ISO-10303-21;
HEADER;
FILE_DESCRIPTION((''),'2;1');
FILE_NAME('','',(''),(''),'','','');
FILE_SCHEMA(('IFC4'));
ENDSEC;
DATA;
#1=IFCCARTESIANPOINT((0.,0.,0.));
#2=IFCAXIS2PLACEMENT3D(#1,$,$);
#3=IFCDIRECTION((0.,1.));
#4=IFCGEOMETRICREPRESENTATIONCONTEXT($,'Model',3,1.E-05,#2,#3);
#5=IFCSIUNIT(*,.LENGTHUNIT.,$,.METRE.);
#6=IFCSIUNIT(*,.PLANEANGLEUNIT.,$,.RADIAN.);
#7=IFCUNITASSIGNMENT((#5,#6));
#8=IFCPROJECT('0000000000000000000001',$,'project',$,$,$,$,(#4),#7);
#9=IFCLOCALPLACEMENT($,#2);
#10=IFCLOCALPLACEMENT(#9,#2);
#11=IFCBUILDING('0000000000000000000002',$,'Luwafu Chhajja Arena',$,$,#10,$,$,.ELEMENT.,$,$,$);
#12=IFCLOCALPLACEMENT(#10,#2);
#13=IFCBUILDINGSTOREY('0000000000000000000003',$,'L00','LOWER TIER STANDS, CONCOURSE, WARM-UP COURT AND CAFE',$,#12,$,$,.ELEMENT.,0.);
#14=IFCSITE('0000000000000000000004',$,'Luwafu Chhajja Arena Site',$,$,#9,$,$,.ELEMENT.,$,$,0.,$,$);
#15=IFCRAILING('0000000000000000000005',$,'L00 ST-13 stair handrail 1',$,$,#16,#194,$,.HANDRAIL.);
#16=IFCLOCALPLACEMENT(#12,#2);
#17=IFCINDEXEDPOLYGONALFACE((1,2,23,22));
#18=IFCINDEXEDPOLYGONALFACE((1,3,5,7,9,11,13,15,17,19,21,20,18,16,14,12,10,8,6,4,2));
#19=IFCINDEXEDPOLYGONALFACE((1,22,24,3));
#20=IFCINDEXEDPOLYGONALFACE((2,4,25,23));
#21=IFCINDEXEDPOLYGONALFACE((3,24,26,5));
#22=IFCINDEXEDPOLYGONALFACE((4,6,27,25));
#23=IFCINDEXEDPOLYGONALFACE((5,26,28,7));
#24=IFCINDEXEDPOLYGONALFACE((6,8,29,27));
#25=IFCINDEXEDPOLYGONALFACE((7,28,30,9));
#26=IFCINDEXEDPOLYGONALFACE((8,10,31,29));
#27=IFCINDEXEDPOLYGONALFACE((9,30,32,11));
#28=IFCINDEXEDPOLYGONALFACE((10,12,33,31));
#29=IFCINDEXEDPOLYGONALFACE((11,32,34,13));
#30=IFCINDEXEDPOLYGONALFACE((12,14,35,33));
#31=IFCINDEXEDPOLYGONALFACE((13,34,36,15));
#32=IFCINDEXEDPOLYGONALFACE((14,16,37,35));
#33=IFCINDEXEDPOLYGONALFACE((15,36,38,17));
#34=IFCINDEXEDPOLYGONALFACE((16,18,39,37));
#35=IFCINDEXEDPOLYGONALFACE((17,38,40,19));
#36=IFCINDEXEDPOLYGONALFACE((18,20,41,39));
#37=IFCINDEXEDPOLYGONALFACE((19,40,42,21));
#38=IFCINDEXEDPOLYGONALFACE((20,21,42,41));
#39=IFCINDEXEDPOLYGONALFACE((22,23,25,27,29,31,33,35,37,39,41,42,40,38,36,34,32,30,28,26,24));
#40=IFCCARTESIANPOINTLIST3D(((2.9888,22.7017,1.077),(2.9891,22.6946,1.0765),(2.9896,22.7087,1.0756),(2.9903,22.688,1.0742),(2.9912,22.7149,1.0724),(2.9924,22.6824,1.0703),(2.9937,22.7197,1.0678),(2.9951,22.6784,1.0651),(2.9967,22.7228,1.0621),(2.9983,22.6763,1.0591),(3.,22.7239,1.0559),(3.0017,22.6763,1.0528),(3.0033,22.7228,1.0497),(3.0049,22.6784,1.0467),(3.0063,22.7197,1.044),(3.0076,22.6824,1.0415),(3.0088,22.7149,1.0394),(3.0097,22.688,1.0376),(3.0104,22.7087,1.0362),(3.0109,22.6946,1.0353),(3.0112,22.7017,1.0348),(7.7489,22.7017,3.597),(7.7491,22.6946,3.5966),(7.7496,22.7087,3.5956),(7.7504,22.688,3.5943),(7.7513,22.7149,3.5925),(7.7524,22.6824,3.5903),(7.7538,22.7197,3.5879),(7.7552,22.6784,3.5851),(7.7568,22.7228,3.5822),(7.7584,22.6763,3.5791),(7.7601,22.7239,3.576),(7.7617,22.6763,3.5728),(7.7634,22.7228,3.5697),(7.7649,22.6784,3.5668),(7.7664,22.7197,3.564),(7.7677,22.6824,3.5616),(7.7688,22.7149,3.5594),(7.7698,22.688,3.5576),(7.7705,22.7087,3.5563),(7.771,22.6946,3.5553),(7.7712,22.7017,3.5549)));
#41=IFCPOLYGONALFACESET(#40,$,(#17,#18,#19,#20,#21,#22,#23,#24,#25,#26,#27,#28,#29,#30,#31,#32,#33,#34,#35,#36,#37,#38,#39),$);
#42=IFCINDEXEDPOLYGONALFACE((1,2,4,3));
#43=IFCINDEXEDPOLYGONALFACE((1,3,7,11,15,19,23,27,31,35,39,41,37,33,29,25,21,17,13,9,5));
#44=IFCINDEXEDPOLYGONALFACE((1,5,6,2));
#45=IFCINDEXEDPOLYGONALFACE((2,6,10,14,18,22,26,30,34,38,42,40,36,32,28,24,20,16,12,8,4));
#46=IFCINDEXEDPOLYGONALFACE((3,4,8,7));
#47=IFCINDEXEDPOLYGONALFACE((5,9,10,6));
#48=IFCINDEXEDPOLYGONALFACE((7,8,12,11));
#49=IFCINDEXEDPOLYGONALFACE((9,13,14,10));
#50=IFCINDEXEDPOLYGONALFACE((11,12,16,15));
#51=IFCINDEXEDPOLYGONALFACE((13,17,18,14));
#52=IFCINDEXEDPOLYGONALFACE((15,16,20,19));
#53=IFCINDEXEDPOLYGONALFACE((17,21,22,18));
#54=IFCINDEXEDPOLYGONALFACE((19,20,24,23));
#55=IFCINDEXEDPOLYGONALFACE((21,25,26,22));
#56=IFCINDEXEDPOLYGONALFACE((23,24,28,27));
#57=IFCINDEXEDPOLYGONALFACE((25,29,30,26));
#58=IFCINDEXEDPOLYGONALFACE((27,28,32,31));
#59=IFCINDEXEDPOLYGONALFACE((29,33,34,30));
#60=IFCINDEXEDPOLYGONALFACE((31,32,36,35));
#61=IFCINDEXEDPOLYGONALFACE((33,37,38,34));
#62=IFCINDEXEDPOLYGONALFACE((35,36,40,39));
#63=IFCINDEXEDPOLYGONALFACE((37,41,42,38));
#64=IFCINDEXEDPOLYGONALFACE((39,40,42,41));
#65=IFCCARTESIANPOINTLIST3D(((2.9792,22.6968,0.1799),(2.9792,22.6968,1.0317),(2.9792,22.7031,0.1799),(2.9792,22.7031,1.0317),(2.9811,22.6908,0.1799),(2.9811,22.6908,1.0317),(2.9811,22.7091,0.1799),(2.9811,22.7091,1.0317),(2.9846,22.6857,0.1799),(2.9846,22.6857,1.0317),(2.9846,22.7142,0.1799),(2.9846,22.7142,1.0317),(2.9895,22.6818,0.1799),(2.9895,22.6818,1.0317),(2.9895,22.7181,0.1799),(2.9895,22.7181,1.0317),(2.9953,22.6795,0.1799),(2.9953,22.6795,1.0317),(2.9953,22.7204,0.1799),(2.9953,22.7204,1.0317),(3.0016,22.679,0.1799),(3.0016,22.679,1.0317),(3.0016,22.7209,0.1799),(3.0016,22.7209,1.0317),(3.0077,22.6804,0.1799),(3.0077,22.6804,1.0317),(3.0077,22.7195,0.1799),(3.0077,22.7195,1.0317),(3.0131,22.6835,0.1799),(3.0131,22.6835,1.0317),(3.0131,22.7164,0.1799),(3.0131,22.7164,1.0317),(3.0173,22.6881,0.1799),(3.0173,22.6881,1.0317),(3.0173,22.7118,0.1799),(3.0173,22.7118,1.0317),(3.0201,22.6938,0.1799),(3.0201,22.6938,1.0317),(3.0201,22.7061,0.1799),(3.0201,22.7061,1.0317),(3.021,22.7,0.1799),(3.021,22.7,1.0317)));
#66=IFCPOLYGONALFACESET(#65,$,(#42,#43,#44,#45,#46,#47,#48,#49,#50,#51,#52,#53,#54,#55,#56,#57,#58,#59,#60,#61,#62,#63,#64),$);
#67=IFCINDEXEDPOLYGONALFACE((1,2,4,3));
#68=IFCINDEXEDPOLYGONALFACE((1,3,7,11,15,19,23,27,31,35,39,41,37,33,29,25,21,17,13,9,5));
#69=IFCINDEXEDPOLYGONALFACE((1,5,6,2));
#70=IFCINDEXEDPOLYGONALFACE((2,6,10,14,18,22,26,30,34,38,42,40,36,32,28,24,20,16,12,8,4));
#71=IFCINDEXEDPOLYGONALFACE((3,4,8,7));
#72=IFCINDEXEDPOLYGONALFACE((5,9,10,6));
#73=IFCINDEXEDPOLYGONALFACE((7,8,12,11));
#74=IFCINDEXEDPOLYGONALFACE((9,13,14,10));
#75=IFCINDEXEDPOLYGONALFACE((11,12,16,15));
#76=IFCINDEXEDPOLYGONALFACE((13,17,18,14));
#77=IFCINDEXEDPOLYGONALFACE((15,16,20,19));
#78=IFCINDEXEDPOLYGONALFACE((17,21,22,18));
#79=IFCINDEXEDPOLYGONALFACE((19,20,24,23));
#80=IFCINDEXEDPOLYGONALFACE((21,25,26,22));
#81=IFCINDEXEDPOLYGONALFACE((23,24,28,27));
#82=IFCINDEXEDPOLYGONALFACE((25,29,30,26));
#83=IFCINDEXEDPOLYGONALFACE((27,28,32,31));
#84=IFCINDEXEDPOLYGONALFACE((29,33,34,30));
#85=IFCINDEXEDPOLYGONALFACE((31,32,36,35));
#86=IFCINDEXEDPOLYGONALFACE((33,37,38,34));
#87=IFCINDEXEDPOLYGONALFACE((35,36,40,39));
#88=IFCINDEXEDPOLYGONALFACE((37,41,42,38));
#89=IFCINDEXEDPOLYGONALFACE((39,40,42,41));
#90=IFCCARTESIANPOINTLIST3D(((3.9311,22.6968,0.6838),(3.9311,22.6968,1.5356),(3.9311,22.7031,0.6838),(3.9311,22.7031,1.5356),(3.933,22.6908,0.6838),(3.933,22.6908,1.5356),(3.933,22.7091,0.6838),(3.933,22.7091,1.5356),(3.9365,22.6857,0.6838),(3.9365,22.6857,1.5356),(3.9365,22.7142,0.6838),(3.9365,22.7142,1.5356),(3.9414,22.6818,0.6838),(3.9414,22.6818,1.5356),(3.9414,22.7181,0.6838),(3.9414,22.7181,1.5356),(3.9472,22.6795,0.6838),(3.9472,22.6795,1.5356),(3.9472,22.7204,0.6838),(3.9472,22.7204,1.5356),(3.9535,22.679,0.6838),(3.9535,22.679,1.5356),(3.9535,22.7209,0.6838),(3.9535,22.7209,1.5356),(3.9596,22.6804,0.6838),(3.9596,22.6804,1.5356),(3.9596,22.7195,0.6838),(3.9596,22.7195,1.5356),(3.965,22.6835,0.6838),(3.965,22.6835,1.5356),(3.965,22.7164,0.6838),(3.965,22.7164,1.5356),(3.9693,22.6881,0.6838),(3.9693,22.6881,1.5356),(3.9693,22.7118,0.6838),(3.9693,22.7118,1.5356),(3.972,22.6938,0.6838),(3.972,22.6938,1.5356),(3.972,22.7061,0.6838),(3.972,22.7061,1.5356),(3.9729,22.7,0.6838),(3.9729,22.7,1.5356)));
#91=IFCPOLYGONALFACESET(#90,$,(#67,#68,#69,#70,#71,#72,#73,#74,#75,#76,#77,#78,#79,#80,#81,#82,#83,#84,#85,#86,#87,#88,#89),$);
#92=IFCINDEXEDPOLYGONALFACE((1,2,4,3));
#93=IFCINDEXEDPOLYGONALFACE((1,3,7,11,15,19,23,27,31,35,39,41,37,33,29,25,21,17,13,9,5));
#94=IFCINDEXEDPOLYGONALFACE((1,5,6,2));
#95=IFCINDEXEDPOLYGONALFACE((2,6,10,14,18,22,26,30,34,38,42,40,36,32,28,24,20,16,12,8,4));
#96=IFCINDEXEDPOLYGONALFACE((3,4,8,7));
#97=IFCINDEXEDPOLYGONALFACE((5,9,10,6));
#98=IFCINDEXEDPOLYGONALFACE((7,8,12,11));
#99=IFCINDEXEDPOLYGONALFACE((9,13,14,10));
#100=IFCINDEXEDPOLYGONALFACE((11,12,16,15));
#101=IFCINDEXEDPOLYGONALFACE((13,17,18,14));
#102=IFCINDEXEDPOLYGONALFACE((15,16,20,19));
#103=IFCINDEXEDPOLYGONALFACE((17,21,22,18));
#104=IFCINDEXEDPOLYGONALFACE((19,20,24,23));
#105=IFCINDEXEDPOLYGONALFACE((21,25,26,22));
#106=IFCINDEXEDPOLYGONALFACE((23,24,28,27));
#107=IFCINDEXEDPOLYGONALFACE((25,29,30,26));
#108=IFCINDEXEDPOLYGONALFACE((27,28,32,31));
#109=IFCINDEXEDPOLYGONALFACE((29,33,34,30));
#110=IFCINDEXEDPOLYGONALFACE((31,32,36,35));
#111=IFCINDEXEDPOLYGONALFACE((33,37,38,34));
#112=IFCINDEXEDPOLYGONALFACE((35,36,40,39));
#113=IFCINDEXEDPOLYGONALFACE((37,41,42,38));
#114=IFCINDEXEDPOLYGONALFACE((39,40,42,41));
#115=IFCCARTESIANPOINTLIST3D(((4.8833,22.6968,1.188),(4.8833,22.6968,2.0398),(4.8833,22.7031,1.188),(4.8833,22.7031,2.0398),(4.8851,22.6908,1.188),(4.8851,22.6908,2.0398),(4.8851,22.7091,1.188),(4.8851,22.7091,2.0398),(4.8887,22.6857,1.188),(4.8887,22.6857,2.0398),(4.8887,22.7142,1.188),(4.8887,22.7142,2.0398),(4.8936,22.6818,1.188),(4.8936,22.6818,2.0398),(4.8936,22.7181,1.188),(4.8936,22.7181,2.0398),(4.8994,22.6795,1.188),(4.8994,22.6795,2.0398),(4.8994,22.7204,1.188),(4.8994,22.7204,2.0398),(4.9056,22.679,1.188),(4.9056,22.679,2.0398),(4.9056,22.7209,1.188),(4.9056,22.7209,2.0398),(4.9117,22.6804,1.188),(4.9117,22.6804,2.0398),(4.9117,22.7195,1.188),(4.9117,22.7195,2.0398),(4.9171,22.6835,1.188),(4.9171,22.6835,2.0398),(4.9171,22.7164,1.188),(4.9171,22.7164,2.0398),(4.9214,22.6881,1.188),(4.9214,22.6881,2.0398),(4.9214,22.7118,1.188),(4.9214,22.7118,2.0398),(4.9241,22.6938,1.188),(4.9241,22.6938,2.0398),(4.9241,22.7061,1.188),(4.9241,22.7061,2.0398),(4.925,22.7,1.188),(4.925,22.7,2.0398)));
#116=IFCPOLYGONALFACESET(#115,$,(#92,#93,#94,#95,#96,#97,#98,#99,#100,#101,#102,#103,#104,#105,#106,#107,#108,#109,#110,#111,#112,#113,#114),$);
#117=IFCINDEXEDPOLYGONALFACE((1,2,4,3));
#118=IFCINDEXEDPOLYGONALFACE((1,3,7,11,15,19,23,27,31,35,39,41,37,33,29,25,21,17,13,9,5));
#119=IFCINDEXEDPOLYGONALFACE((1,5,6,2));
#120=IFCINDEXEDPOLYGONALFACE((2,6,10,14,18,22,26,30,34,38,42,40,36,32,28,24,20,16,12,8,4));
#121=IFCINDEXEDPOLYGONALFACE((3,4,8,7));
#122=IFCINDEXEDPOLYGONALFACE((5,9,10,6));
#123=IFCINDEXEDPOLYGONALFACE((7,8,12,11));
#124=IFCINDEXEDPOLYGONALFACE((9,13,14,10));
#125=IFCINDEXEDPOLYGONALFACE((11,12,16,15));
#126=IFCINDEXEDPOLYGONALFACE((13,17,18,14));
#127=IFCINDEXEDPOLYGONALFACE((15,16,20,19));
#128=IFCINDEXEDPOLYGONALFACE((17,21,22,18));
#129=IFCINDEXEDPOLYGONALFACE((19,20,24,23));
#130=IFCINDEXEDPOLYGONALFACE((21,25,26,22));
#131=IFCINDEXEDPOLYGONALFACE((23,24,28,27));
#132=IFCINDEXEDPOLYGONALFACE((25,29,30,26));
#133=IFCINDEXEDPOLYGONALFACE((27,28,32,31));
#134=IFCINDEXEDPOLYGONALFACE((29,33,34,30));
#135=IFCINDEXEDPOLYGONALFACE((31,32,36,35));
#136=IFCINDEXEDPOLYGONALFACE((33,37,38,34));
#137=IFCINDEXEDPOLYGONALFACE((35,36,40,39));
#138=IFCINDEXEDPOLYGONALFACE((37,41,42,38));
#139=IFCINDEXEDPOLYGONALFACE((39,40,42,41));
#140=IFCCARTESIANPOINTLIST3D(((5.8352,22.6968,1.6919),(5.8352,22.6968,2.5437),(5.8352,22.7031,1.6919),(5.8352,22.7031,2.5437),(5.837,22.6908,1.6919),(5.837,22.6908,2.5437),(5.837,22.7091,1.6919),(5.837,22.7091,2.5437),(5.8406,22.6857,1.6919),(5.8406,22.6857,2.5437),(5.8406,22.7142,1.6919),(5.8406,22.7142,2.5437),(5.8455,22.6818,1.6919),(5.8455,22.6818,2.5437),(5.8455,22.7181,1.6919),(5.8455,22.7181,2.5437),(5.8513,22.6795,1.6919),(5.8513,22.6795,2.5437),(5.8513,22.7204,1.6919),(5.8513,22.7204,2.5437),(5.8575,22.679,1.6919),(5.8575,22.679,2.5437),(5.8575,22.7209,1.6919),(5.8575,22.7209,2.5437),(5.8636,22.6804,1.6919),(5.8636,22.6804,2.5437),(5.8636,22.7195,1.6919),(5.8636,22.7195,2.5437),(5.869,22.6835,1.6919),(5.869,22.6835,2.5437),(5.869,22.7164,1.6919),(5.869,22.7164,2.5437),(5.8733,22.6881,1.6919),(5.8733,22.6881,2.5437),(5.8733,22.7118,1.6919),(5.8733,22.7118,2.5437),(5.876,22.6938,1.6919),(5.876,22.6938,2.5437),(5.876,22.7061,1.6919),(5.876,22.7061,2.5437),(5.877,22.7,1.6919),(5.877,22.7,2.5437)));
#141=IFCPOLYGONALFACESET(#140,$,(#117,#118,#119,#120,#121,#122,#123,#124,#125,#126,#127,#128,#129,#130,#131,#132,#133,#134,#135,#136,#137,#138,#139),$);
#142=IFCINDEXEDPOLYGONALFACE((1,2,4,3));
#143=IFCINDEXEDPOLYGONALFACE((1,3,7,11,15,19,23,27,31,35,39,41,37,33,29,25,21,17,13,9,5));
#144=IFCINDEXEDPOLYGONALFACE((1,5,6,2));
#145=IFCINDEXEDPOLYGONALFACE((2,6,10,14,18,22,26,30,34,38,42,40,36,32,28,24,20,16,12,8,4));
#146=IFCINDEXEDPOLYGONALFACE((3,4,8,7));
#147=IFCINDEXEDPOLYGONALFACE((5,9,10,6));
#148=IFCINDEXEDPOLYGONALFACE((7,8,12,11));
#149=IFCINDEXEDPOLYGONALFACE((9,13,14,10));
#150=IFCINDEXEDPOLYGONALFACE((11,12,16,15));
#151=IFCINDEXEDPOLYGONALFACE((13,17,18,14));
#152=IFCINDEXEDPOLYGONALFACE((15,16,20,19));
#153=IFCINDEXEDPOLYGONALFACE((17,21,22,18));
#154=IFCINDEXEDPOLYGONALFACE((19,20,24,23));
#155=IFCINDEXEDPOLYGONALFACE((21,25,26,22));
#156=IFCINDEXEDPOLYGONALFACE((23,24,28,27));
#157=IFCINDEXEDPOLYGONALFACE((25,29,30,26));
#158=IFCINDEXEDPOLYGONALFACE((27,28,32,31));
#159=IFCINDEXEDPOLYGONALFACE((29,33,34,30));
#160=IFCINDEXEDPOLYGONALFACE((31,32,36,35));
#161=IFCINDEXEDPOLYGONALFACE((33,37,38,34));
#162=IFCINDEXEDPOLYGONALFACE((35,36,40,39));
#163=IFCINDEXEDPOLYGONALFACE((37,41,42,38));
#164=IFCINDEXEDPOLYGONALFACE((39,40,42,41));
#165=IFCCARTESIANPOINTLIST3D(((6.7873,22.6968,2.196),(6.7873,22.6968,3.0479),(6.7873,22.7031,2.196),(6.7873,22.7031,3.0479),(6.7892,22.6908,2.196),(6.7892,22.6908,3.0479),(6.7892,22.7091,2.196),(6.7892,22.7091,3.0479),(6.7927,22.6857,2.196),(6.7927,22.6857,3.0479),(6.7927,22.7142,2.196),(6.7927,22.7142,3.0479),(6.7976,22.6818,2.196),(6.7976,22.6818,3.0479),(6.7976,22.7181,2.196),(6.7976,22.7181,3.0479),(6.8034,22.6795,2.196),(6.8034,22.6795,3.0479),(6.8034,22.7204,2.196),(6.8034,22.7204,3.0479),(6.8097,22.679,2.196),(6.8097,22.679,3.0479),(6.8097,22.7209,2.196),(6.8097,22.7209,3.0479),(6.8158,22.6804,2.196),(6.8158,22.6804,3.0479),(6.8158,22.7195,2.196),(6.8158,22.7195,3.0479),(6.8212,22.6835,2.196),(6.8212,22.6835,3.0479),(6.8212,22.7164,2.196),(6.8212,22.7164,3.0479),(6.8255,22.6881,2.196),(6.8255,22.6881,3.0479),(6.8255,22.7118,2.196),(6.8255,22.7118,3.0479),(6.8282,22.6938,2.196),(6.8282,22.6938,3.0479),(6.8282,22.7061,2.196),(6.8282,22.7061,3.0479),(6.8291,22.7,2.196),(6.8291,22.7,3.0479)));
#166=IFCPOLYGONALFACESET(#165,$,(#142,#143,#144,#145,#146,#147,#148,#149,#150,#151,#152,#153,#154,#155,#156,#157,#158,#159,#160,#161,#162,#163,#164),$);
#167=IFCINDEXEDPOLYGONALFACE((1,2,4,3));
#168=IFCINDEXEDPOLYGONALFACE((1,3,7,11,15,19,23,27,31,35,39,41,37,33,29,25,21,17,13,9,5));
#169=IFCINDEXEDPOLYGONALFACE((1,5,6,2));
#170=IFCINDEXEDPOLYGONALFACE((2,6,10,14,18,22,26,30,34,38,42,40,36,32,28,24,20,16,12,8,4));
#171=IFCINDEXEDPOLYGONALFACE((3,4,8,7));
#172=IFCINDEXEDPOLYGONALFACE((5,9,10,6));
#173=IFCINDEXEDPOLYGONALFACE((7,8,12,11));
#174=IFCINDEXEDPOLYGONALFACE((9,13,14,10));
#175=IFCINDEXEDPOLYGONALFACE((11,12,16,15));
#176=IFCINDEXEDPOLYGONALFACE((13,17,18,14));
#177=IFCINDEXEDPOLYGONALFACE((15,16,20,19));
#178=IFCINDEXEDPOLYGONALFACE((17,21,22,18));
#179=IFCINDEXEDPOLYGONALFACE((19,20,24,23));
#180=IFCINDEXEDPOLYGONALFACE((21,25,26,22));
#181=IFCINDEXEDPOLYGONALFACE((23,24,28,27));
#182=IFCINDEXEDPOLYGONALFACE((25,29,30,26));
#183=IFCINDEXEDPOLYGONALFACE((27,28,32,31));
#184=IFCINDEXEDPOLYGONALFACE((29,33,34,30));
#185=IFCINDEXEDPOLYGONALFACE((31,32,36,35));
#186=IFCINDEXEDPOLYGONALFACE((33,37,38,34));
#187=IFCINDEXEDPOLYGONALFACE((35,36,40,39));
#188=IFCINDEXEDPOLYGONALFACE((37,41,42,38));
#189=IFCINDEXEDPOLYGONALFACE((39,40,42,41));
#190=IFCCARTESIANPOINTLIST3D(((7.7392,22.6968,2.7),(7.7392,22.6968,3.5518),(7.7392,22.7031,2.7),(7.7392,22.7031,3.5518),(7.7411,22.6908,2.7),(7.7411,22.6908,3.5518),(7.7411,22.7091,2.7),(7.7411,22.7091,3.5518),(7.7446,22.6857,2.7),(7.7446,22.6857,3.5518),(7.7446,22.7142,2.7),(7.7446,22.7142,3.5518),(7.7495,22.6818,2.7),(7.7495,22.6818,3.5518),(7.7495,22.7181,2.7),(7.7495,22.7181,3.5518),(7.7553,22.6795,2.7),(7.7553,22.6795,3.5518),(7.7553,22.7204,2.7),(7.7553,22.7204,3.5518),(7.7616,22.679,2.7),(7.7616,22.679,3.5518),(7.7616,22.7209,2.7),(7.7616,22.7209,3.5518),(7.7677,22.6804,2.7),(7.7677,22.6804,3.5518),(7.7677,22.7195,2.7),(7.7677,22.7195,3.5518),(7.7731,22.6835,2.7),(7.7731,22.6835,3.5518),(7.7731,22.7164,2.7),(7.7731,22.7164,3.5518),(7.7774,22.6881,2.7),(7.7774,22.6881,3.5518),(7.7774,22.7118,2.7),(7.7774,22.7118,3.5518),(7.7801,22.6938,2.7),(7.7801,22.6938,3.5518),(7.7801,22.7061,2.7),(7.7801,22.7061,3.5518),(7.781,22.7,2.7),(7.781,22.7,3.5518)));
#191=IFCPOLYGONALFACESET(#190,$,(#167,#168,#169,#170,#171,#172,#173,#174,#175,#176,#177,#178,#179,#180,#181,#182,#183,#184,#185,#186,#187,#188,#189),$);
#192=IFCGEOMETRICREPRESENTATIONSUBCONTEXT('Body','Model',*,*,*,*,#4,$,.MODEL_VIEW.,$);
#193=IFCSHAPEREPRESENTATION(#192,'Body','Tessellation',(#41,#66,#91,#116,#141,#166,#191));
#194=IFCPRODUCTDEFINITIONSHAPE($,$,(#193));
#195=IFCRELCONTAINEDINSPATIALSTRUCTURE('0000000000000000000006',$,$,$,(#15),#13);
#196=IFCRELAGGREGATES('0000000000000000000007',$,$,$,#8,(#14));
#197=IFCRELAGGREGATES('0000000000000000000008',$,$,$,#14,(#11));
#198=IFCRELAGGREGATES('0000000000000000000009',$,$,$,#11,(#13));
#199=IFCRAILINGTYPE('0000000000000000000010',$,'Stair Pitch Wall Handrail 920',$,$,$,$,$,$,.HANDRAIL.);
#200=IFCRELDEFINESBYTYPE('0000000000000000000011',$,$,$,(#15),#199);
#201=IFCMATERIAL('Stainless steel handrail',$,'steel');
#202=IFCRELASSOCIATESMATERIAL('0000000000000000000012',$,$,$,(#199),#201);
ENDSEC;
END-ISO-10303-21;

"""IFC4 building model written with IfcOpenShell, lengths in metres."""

from ifc_helpers import new_model, si_unit, direction, frame, origin, origin_2d, place, context, subcontext, project, spatial, circle, extrude, material, type_object, element, save


model = new_model("IFC4")

# Units and contexts
model_context = context("Model", 3, precision=1e-05, world=origin(), true_north=direction((0.0, 1.0)))
body_context = subcontext(model_context, "Body", "Model", "MODEL_VIEW")
ifc_project = project(units=[si_unit("LENGTHUNIT", "METRE"), si_unit("PLANEANGLEUNIT", "RADIAN")], contexts=[model_context])

# Site, building, storey
site_placement = place(None, origin())
site = spatial("IfcSite", under=ifc_project, at=site_placement, Name="Luwafu Chhajja Arena Site", CompositionType="ELEMENT", RefElevation=0.0)
building_placement = place(site_placement, origin())
building = spatial("IfcBuilding", under=site, at=building_placement, Name="Luwafu Chhajja Arena", CompositionType="ELEMENT")
storey_placement = place(building_placement, origin())
storey = spatial("IfcBuildingStorey", under=building, at=storey_placement, Name="L00", Description="LOWER TIER STANDS, CONCOURSE, WARM-UP COURT AND CAFE", CompositionType="ELEMENT", Elevation=0.0)

# Railing
ifc_material_1 = material(Name="Stainless steel handrail", Category="steel")
railing_type_1 = type_object("IfcRailingType", Name="Stair Pitch Wall Handrail 920", PredefinedType="HANDRAIL", material=ifc_material_1)
for number, where, name in (
    (1, (3.0, 22.7, 0.1799), "L00 ST-13 stair handrail 1"),
):
    element("IfcRailing", number, at=place(storey_placement, frame(where)), inside=storey, type_object=railing_type_1, Name=name, PredefinedType="HANDRAIL", context=body_context, shape_type="SweptSolid", body=[
        extrude(circle(Radius=0.0239, at=origin_2d()), frame((0.0, 0.0, 0.876), z_axis=(0.883787, 0.0, 0.46789), x_axis=(0.0, 1.0, 0.0)), (0.0, 0.0, 1.0), 5.386),
        extrude(circle(Radius=0.021, at=origin_2d()), origin(), (0.0, 0.0, 1.0), 0.8518),
        extrude(circle(Radius=0.021, at=origin_2d()), frame((0.9519, 0.0, 0.5039)), (0.0, 0.0, 1.0), 0.8518),
        extrude(circle(Radius=0.021, at=origin_2d()), frame((1.9041, 0.0, 1.0081)), (0.0, 0.0, 1.0), 0.8518),
        extrude(circle(Radius=0.021, at=origin_2d()), frame((2.856, 0.0, 1.512)), (0.0, 0.0, 1.0), 0.8518),
        extrude(circle(Radius=0.021, at=origin_2d()), frame((3.8081, 0.0, 2.0161)), (0.0, 0.0, 1.0), 0.8518),
        extrude(circle(Radius=0.021, at=origin_2d()), frame((4.76, 0.0, 2.52)), (0.0, 0.0, 1.0), 0.8518),
    ])

save(model, "model.ifc")
